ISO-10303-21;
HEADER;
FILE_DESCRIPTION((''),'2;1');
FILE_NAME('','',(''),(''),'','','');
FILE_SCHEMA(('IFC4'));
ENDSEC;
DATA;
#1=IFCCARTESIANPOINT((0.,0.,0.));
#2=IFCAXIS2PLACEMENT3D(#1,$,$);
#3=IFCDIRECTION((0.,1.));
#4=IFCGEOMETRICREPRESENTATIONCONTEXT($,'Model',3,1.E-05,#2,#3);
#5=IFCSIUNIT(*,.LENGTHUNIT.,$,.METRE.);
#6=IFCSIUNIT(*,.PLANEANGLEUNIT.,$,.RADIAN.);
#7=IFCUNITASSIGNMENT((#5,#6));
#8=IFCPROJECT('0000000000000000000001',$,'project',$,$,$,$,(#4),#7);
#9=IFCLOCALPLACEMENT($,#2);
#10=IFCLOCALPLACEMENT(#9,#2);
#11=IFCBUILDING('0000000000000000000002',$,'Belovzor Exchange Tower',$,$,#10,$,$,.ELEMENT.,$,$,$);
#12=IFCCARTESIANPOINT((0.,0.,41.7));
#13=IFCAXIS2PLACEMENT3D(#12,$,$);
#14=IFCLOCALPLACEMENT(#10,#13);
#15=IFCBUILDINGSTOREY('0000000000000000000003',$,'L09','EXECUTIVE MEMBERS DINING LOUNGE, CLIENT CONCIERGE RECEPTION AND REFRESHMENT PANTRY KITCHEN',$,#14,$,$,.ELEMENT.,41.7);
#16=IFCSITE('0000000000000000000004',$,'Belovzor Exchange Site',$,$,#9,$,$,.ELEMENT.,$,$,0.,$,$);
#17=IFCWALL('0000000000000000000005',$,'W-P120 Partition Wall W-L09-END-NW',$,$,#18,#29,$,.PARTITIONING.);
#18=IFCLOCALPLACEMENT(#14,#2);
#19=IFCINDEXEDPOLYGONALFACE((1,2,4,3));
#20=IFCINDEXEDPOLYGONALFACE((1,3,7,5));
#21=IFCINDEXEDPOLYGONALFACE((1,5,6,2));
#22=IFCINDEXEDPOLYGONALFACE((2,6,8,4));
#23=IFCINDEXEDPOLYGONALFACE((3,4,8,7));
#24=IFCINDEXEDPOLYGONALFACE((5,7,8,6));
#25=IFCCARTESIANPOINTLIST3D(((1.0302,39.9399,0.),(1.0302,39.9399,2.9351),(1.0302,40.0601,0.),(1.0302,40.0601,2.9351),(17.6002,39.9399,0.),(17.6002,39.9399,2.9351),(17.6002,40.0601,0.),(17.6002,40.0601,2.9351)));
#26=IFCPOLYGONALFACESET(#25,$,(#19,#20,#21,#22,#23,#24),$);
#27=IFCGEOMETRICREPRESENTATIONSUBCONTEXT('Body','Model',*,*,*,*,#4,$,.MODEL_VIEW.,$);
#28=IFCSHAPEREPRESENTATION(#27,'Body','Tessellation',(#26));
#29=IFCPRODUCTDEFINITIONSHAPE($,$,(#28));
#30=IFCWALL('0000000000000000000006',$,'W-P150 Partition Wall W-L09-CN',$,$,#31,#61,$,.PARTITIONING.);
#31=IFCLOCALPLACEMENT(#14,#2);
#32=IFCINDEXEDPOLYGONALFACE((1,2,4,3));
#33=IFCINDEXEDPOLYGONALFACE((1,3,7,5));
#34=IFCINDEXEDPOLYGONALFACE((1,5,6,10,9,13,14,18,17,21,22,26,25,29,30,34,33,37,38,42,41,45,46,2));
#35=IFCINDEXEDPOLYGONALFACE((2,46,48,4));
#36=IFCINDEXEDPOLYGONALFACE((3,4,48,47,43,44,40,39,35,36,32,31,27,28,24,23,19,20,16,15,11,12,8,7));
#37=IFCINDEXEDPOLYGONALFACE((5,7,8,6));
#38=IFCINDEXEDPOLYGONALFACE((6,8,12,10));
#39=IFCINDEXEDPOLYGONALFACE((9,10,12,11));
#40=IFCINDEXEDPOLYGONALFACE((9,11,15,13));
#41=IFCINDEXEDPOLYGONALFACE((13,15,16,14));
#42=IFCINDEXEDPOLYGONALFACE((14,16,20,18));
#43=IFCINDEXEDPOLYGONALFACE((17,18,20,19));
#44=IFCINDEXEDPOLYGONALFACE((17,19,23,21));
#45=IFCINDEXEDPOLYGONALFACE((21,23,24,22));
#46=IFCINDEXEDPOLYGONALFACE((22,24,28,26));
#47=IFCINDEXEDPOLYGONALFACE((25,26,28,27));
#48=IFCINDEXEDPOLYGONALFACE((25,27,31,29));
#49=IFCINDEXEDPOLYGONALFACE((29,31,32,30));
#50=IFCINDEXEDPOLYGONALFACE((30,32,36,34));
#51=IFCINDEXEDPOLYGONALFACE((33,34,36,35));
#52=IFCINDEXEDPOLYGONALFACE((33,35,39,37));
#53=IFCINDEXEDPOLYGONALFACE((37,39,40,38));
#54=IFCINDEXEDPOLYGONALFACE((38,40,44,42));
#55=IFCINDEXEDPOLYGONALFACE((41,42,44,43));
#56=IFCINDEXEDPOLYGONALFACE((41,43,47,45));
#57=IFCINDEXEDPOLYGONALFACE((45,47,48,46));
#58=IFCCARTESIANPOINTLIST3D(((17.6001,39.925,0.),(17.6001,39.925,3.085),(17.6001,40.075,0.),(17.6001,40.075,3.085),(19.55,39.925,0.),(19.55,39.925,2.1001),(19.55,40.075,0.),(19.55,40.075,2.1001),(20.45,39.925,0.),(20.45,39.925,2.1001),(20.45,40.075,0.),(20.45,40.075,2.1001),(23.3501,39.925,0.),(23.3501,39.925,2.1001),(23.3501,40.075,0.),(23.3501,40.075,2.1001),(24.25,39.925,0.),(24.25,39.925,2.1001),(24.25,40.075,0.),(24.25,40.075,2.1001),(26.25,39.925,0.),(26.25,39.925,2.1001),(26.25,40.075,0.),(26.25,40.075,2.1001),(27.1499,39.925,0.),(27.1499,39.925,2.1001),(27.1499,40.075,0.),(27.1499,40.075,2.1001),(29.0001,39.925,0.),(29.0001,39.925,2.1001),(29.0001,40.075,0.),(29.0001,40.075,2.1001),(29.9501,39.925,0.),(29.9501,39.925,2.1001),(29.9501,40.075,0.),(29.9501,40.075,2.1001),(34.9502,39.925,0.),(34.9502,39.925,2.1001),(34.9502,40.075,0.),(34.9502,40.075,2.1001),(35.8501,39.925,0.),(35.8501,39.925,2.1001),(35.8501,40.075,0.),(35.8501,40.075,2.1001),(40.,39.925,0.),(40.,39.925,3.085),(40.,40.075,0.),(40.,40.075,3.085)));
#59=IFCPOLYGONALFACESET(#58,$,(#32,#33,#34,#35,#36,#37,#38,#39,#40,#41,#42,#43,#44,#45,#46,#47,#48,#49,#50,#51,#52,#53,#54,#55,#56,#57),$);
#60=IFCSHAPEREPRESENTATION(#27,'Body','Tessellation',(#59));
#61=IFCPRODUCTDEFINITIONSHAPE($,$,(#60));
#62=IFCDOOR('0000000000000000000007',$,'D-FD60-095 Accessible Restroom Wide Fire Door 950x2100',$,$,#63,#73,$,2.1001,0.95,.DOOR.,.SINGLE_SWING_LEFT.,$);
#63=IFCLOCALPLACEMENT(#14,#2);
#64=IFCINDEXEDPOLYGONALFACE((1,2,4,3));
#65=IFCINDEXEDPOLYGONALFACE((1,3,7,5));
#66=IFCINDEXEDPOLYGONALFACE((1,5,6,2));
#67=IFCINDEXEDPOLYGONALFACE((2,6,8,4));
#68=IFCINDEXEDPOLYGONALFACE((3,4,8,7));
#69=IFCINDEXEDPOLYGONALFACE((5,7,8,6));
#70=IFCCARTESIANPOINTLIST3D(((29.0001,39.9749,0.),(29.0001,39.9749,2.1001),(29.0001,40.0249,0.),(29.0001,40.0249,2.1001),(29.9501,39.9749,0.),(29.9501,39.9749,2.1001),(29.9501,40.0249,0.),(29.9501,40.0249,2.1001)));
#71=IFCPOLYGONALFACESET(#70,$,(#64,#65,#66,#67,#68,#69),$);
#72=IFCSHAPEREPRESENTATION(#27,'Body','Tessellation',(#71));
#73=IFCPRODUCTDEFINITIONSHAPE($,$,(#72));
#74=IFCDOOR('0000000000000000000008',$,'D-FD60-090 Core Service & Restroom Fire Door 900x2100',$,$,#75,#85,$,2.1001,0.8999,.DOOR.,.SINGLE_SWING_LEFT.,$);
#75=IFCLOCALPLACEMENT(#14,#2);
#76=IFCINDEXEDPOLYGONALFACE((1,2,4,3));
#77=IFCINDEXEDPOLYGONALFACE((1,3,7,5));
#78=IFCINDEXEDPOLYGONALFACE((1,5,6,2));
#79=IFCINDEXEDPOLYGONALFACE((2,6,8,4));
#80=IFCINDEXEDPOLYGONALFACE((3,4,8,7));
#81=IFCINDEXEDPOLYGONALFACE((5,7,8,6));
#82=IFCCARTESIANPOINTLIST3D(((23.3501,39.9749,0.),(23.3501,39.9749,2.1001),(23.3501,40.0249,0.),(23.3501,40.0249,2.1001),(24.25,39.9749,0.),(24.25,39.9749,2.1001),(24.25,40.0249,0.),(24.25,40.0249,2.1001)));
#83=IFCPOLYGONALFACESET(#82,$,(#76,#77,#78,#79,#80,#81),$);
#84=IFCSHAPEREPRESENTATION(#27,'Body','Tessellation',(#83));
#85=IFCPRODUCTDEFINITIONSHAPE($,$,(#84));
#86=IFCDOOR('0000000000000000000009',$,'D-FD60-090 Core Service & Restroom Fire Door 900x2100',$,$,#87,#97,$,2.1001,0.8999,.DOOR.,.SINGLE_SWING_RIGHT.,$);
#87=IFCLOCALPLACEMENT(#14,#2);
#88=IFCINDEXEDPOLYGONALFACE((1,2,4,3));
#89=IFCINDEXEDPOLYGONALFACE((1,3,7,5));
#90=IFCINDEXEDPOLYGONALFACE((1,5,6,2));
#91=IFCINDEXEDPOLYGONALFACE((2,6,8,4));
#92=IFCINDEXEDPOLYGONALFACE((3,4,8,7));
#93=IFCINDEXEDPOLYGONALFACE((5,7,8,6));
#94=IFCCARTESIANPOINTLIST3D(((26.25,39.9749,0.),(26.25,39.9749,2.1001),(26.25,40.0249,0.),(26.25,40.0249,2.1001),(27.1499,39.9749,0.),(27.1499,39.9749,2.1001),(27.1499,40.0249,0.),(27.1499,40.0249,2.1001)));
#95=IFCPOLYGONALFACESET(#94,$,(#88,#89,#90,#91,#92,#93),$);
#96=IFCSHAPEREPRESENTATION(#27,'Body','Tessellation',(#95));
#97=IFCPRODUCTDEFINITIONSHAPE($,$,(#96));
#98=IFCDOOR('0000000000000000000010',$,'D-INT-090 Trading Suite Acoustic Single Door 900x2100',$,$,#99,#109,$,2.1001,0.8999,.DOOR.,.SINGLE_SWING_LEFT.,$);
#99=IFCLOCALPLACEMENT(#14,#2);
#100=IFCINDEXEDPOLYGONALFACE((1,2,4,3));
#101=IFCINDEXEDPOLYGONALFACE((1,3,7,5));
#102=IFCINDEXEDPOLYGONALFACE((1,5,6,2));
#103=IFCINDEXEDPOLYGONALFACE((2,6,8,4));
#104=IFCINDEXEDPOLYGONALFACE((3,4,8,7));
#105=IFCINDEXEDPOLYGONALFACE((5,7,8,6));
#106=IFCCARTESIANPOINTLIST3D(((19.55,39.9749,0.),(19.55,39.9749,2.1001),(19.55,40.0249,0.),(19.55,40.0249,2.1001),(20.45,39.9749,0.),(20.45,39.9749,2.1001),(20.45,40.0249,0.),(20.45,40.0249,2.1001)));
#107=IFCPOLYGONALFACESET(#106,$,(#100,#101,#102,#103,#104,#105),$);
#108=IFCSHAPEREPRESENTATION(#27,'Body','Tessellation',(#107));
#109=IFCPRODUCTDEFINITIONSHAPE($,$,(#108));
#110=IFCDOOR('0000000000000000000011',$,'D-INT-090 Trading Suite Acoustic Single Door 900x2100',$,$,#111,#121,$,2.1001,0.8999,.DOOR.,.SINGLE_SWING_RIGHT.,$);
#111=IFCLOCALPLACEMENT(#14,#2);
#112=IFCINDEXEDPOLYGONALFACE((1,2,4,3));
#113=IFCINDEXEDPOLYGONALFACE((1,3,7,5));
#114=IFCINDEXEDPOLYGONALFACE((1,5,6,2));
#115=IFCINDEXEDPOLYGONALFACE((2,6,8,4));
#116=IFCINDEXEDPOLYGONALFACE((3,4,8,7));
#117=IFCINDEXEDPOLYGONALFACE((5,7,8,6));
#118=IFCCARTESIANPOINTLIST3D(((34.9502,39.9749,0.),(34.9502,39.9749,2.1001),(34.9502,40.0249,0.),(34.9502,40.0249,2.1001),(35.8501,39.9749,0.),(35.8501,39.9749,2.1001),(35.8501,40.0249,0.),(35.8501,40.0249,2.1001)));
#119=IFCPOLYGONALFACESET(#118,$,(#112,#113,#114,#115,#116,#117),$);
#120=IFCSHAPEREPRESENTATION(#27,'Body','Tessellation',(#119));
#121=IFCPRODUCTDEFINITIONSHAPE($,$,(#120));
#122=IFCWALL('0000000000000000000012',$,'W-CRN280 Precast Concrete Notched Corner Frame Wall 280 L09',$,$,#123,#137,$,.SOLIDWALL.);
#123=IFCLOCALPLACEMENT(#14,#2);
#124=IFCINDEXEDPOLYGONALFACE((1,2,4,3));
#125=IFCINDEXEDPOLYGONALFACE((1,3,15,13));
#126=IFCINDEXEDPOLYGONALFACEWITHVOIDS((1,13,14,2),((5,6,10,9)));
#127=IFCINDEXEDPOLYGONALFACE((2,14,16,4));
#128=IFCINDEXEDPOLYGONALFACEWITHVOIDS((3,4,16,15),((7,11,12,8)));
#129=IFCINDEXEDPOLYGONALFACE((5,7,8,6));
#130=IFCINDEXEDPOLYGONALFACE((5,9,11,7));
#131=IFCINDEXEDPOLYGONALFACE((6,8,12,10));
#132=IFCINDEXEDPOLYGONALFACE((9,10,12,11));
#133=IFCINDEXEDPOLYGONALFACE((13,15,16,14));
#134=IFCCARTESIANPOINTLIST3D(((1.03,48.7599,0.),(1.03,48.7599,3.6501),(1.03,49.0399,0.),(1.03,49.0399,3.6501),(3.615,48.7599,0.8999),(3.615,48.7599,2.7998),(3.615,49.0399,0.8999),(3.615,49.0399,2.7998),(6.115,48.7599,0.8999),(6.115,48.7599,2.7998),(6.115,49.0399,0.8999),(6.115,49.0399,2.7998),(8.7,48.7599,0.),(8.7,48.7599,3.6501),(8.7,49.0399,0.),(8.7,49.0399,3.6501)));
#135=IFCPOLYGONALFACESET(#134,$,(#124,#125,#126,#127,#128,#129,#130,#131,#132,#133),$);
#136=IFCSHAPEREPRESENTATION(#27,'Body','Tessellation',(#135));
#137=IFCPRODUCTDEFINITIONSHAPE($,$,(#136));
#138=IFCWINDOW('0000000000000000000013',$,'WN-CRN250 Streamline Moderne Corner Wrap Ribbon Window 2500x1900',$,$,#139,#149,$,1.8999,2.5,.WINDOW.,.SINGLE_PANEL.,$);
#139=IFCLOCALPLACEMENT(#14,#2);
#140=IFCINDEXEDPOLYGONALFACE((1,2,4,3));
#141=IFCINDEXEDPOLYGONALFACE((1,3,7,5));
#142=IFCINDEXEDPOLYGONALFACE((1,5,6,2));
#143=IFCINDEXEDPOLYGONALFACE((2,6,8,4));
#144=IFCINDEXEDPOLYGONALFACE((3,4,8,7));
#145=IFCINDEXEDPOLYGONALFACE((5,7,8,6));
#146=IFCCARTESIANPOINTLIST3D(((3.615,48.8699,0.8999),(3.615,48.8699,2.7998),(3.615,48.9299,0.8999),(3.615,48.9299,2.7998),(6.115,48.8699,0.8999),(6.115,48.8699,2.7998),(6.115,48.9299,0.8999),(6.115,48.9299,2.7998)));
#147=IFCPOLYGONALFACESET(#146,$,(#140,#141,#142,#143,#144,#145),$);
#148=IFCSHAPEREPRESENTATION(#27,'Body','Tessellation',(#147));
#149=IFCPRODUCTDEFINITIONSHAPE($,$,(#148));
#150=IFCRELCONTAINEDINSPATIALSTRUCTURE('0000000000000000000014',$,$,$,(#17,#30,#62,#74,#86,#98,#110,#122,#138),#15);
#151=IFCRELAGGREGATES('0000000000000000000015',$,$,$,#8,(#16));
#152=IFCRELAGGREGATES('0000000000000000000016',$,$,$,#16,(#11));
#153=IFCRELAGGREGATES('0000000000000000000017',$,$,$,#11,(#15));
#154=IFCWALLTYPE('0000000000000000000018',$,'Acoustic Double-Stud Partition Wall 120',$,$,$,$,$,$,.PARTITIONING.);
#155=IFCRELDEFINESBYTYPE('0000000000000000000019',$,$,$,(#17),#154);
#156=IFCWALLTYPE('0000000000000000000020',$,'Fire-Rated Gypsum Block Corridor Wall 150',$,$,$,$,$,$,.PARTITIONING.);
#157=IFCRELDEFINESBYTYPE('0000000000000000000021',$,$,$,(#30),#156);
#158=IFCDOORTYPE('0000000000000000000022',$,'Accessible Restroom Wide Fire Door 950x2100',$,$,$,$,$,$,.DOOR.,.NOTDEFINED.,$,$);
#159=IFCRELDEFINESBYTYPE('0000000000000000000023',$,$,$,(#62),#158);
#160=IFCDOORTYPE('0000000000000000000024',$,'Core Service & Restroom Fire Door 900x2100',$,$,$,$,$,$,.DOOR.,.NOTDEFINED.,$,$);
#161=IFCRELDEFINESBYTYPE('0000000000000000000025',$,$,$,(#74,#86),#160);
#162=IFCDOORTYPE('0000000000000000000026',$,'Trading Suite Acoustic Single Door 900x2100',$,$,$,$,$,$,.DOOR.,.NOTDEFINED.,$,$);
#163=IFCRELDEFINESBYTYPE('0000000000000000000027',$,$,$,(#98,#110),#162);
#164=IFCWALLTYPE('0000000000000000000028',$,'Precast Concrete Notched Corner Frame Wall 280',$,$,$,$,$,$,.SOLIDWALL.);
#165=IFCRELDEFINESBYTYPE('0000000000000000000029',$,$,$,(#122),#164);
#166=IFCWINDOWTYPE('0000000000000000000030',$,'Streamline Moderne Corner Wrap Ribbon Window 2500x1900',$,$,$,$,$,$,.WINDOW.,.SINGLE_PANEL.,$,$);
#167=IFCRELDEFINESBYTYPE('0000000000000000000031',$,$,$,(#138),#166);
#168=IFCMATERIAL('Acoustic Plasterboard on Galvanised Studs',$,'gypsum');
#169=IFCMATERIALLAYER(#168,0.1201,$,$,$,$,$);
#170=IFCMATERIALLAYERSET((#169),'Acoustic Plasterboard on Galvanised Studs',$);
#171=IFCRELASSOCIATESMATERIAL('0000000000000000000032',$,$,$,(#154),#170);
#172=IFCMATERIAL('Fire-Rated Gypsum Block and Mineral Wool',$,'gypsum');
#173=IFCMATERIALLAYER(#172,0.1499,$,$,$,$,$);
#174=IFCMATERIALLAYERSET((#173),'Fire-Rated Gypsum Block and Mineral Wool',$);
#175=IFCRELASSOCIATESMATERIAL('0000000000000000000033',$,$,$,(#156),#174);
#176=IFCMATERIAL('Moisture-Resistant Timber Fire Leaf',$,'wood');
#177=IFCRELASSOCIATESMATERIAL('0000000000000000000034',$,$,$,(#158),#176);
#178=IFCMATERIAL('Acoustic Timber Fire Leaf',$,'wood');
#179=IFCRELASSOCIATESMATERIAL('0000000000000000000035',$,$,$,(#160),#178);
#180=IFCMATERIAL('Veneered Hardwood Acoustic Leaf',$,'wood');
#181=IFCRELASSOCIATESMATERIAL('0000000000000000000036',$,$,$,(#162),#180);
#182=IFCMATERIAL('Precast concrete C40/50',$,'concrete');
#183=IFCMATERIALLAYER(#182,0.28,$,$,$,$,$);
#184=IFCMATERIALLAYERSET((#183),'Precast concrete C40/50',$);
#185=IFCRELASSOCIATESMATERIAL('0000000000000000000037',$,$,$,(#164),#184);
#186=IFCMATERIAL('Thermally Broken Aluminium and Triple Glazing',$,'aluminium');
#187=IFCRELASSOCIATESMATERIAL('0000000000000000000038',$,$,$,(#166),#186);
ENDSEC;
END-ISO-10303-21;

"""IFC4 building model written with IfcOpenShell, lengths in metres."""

from ifc_helpers import new_model, si_unit, direction, frame, frame_2d, origin, place, context, subcontext, project, spatial, rectangle, extrude, material, layer, layer_set, type_object, element, fill, save


model = new_model("IFC4")

# Units and contexts
model_context = context("Model", 3, precision=1e-05, world=origin(), true_north=direction((0.0, 1.0)))
body_context = subcontext(model_context, "Body", "Model", "MODEL_VIEW")
ifc_project = project(units=[si_unit("LENGTHUNIT", "METRE"), si_unit("PLANEANGLEUNIT", "RADIAN")], contexts=[model_context])

# Site, building, storey
site_placement = place(None, origin())
site = spatial("IfcSite", under=ifc_project, at=site_placement, Name="Belovzor Exchange Site", CompositionType="ELEMENT", RefElevation=0.0)
building_placement = place(site_placement, origin())
building = spatial("IfcBuilding", under=site, at=building_placement, Name="Belovzor Exchange Tower", CompositionType="ELEMENT")
storey_placement = place(building_placement, frame((0.0, 0.0, 41.7)))
storey = spatial("IfcBuildingStorey", under=building, at=storey_placement, Name="L09", Description="EXECUTIVE MEMBERS DINING LOUNGE, CLIENT CONCIERGE RECEPTION AND REFRESHMENT PANTRY KITCHEN", CompositionType="ELEMENT", Elevation=41.7)

# Wall
ifc_material_1 = material(Name="Acoustic Plasterboard on Galvanised Studs", Category="gypsum")
ifc_layer_1 = layer(ifc_material_1, 0.1201)
ifc_layer_set_1 = layer_set([ifc_layer_1], Name="Acoustic Plasterboard on Galvanised Studs")
wall_type_1 = type_object("IfcWallType", Name="Acoustic Double-Stud Partition Wall 120", PredefinedType="PARTITIONING", material=ifc_layer_set_1)
wall_1_placement = place(storey_placement, frame((1.03, 40.0, 0.0), z_axis=(0.0, 0.0, 1.0), x_axis=(1.0, 0.0, 0.0)))
element("IfcWall", 1, at=wall_1_placement, inside=storey, type_object=wall_type_1, Name="W-P120 Partition Wall W-L09-END-NW", PredefinedType="PARTITIONING", context=body_context, shape_type="SweptSolid", body=[
    extrude(rectangle(XDim=16.5701, YDim=0.1201, at=frame_2d((8.2852, 0.0))), origin(), (0.0, 0.0, 1.0), 2.9351),
])

# Wall, openings, doors
ifc_material_2 = material(Name="Fire-Rated Gypsum Block and Mineral Wool", Category="gypsum")
ifc_layer_2 = layer(ifc_material_2, 0.1499)
ifc_layer_set_2 = layer_set([ifc_layer_2], Name="Fire-Rated Gypsum Block and Mineral Wool")
wall_type_2 = type_object("IfcWallType", Name="Fire-Rated Gypsum Block Corridor Wall 150", PredefinedType="PARTITIONING", material=ifc_layer_set_2)
wall_2_placement = place(storey_placement, frame((17.6001, 40.0, 0.0), z_axis=(0.0, 0.0, 1.0), x_axis=(1.0, 0.0, 0.0)))
wall_2 = element("IfcWall", 2, at=wall_2_placement, inside=storey, type_object=wall_type_2, Name="W-P150 Partition Wall W-L09-CN", PredefinedType="PARTITIONING", context=body_context, shape_type="SweptSolid", body=[
    extrude(rectangle(XDim=22.3999, YDim=0.1499, at=frame_2d((11.2, 0.0))), origin(), (0.0, 0.0, 1.0), 3.085),
])
opening_1_placement = place(wall_2_placement, frame((1.95, 0.0, 0.0)))
opening_1 = element("IfcOpeningElement", 3, at=opening_1_placement, cuts=wall_2, PredefinedType="OPENING", context=body_context, shape_type="SweptSolid", body=[
    extrude(rectangle(XDim=0.8999, YDim=2.1001, at=frame_2d((0.45, 1.05))), frame((0.0, 0.085, 0.0), z_axis=(0.0, -1.0, 0.0), x_axis=(1.0, 0.0, 0.0)), (0.0, 0.0, 1.0), 0.1699),
])
opening_2_placement = place(wall_2_placement, frame((5.75, 0.0, 0.0)))
opening_2 = element("IfcOpeningElement", 4, at=opening_2_placement, cuts=wall_2, PredefinedType="OPENING", context=body_context, shape_type="SweptSolid", body=[
    extrude(rectangle(XDim=0.8999, YDim=2.1001, at=frame_2d((0.45, 1.05))), frame((0.0, 0.085, 0.0), z_axis=(0.0, -1.0, 0.0), x_axis=(1.0, 0.0, 0.0)), (0.0, 0.0, 1.0), 0.1699),
])
opening_3_placement = place(wall_2_placement, frame((8.6499, 0.0, 0.0)))
opening_3 = element("IfcOpeningElement", 5, at=opening_3_placement, cuts=wall_2, PredefinedType="OPENING", context=body_context, shape_type="SweptSolid", body=[
    extrude(rectangle(XDim=0.8999, YDim=2.1001, at=frame_2d((0.45, 1.05))), frame((0.0, 0.085, 0.0), z_axis=(0.0, -1.0, 0.0), x_axis=(1.0, 0.0, 0.0)), (0.0, 0.0, 1.0), 0.1699),
])
opening_4_placement = place(wall_2_placement, frame((11.3999, 0.0, 0.0)))
opening_4 = element("IfcOpeningElement", 6, at=opening_4_placement, cuts=wall_2, PredefinedType="OPENING", context=body_context, shape_type="SweptSolid", body=[
    extrude(rectangle(XDim=0.95, YDim=2.1001, at=frame_2d((0.4751, 1.05))), frame((0.0, 0.085, 0.0), z_axis=(0.0, -1.0, 0.0), x_axis=(1.0, 0.0, 0.0)), (0.0, 0.0, 1.0), 0.1699),
])
opening_5_placement = place(wall_2_placement, frame((17.3501, 0.0, 0.0)))
opening_5 = element("IfcOpeningElement", 7, at=opening_5_placement, cuts=wall_2, PredefinedType="OPENING", context=body_context, shape_type="SweptSolid", body=[
    extrude(rectangle(XDim=0.8999, YDim=2.1001, at=frame_2d((0.45, 1.05))), frame((0.0, 0.085, 0.0), z_axis=(0.0, -1.0, 0.0), x_axis=(1.0, 0.0, 0.0)), (0.0, 0.0, 1.0), 0.1699),
])
ifc_material_3 = material(Name="Moisture-Resistant Timber Fire Leaf", Category="wood")
door_type_1 = type_object("IfcDoorType", Name="Accessible Restroom Wide Fire Door 950x2100", OperationType="NOTDEFINED", PredefinedType="DOOR", material=ifc_material_3)
door_1_placement = place(opening_4_placement, origin())
door_1 = element("IfcDoor", 8, at=door_1_placement, inside=storey, type_object=door_type_1, Name="D-FD60-095 Accessible Restroom Wide Fire Door 950x2100", OperationType="SINGLE_SWING_LEFT", OverallHeight=2.1001, OverallWidth=0.95, PredefinedType="DOOR", context=body_context, shape_type="SweptSolid", body=[
    extrude(rectangle(XDim=0.95, YDim=2.1001, at=frame_2d((0.4751, 1.05))), frame((0.0, 0.0249, 0.0), z_axis=(0.0, -1.0, 0.0), x_axis=(1.0, 0.0, 0.0)), (0.0, 0.0, 1.0), 0.05),
])
fill(opening_4, door_1)
ifc_material_4 = material(Name="Acoustic Timber Fire Leaf", Category="wood")
door_type_2 = type_object("IfcDoorType", Name="Core Service & Restroom Fire Door 900x2100", OperationType="NOTDEFINED", PredefinedType="DOOR", material=ifc_material_4)
door_2_placement = place(opening_2_placement, origin())
door_2 = element("IfcDoor", 9, at=door_2_placement, inside=storey, type_object=door_type_2, Name="D-FD60-090 Core Service & Restroom Fire Door 900x2100", OperationType="SINGLE_SWING_LEFT", OverallHeight=2.1001, OverallWidth=0.8999, PredefinedType="DOOR", context=body_context, shape_type="SweptSolid", body=[
    extrude(rectangle(XDim=0.8999, YDim=2.1001, at=frame_2d((0.45, 1.05))), frame((0.0, 0.0249, 0.0), z_axis=(0.0, -1.0, 0.0), x_axis=(1.0, 0.0, 0.0)), (0.0, 0.0, 1.0), 0.05),
])
fill(opening_2, door_2)
door_3_placement = place(opening_3_placement, origin())
door_3 = element("IfcDoor", 10, at=door_3_placement, inside=storey, type_object=door_type_2, Name="D-FD60-090 Core Service & Restroom Fire Door 900x2100", OperationType="SINGLE_SWING_RIGHT", OverallHeight=2.1001, OverallWidth=0.8999, PredefinedType="DOOR", context=body_context, shape_type="SweptSolid", body=[
    extrude(rectangle(XDim=0.8999, YDim=2.1001, at=frame_2d((0.45, 1.05))), frame((0.0, 0.0249, 0.0), z_axis=(0.0, -1.0, 0.0), x_axis=(1.0, 0.0, 0.0)), (0.0, 0.0, 1.0), 0.05),
])
fill(opening_3, door_3)
ifc_material_5 = material(Name="Veneered Hardwood Acoustic Leaf", Category="wood")
door_type_3 = type_object("IfcDoorType", Name="Trading Suite Acoustic Single Door 900x2100", OperationType="NOTDEFINED", PredefinedType="DOOR", material=ifc_material_5)
door_4_placement = place(opening_1_placement, origin())
door_4 = element("IfcDoor", 11, at=door_4_placement, inside=storey, type_object=door_type_3, Name="D-INT-090 Trading Suite Acoustic Single Door 900x2100", OperationType="SINGLE_SWING_LEFT", OverallHeight=2.1001, OverallWidth=0.8999, PredefinedType="DOOR", context=body_context, shape_type="SweptSolid", body=[
    extrude(rectangle(XDim=0.8999, YDim=2.1001, at=frame_2d((0.45, 1.05))), frame((0.0, 0.0249, 0.0), z_axis=(0.0, -1.0, 0.0), x_axis=(1.0, 0.0, 0.0)), (0.0, 0.0, 1.0), 0.05),
])
fill(opening_1, door_4)
door_5_placement = place(opening_5_placement, origin())
door_5 = element("IfcDoor", 12, at=door_5_placement, inside=storey, type_object=door_type_3, Name="D-INT-090 Trading Suite Acoustic Single Door 900x2100", OperationType="SINGLE_SWING_RIGHT", OverallHeight=2.1001, OverallWidth=0.8999, PredefinedType="DOOR", context=body_context, shape_type="SweptSolid", body=[
    extrude(rectangle(XDim=0.8999, YDim=2.1001, at=frame_2d((0.45, 1.05))), frame((0.0, 0.0249, 0.0), z_axis=(0.0, -1.0, 0.0), x_axis=(1.0, 0.0, 0.0)), (0.0, 0.0, 1.0), 0.05),
])
fill(opening_5, door_5)

# Wall, opening, window
ifc_material_6 = material(Name="Precast concrete C40/50", Category="concrete")
ifc_layer_3 = layer(ifc_material_6, 0.28)
ifc_layer_set_3 = layer_set([ifc_layer_3], Name="Precast concrete C40/50")
wall_type_3 = type_object("IfcWallType", Name="Precast Concrete Notched Corner Frame Wall 280", PredefinedType="SOLIDWALL", material=ifc_layer_set_3)
wall_3_placement = place(storey_placement, frame((1.03, 48.8999, 0.0), z_axis=(0.0, 0.0, 1.0), x_axis=(1.0, 0.0, 0.0)))
wall_3 = element("IfcWall", 13, at=wall_3_placement, inside=storey, type_object=wall_type_3, Name="W-CRN280 Precast Concrete Notched Corner Frame Wall 280 L09", PredefinedType="SOLIDWALL", context=body_context, shape_type="SweptSolid", body=[
    extrude(rectangle(XDim=7.6699, YDim=0.28, at=frame_2d((3.835, 0.0))), origin(), (0.0, 0.0, 1.0), 3.6501),
])
opening_6_placement = place(wall_3_placement, frame((2.585, 0.0, 0.8999)))
opening_6 = element("IfcOpeningElement", 14, at=opening_6_placement, cuts=wall_3, PredefinedType="OPENING", context=body_context, shape_type="SweptSolid", body=[
    extrude(rectangle(XDim=2.5, YDim=1.8999, at=frame_2d((1.25, 0.95))), frame((0.0, 0.1499, 0.0), z_axis=(0.0, -1.0, 0.0), x_axis=(1.0, 0.0, 0.0)), (0.0, 0.0, 1.0), 0.3),
])
ifc_material_7 = material(Name="Thermally Broken Aluminium and Triple Glazing", Category="aluminium")
window_type_1 = type_object("IfcWindowType", Name="Streamline Moderne Corner Wrap Ribbon Window 2500x1900", PartitioningType="SINGLE_PANEL", PredefinedType="WINDOW", material=ifc_material_7)
window_1_placement = place(opening_6_placement, origin())
window_1 = element("IfcWindow", 15, at=window_1_placement, inside=storey, type_object=window_type_1, Name="WN-CRN250 Streamline Moderne Corner Wrap Ribbon Window 2500x1900", OverallHeight=1.8999, OverallWidth=2.5, PartitioningType="SINGLE_PANEL", PredefinedType="WINDOW", context=body_context, shape_type="SweptSolid", body=[
    extrude(rectangle(XDim=2.5, YDim=1.8999, at=frame_2d((1.25, 0.95))), frame((0.0, 0.03, 0.0), z_axis=(0.0, -1.0, 0.0), x_axis=(1.0, 0.0, 0.0)), (0.0, 0.0, 1.0), 0.0601),
])
fill(opening_6, window_1)

save(model, "model.ifc")
